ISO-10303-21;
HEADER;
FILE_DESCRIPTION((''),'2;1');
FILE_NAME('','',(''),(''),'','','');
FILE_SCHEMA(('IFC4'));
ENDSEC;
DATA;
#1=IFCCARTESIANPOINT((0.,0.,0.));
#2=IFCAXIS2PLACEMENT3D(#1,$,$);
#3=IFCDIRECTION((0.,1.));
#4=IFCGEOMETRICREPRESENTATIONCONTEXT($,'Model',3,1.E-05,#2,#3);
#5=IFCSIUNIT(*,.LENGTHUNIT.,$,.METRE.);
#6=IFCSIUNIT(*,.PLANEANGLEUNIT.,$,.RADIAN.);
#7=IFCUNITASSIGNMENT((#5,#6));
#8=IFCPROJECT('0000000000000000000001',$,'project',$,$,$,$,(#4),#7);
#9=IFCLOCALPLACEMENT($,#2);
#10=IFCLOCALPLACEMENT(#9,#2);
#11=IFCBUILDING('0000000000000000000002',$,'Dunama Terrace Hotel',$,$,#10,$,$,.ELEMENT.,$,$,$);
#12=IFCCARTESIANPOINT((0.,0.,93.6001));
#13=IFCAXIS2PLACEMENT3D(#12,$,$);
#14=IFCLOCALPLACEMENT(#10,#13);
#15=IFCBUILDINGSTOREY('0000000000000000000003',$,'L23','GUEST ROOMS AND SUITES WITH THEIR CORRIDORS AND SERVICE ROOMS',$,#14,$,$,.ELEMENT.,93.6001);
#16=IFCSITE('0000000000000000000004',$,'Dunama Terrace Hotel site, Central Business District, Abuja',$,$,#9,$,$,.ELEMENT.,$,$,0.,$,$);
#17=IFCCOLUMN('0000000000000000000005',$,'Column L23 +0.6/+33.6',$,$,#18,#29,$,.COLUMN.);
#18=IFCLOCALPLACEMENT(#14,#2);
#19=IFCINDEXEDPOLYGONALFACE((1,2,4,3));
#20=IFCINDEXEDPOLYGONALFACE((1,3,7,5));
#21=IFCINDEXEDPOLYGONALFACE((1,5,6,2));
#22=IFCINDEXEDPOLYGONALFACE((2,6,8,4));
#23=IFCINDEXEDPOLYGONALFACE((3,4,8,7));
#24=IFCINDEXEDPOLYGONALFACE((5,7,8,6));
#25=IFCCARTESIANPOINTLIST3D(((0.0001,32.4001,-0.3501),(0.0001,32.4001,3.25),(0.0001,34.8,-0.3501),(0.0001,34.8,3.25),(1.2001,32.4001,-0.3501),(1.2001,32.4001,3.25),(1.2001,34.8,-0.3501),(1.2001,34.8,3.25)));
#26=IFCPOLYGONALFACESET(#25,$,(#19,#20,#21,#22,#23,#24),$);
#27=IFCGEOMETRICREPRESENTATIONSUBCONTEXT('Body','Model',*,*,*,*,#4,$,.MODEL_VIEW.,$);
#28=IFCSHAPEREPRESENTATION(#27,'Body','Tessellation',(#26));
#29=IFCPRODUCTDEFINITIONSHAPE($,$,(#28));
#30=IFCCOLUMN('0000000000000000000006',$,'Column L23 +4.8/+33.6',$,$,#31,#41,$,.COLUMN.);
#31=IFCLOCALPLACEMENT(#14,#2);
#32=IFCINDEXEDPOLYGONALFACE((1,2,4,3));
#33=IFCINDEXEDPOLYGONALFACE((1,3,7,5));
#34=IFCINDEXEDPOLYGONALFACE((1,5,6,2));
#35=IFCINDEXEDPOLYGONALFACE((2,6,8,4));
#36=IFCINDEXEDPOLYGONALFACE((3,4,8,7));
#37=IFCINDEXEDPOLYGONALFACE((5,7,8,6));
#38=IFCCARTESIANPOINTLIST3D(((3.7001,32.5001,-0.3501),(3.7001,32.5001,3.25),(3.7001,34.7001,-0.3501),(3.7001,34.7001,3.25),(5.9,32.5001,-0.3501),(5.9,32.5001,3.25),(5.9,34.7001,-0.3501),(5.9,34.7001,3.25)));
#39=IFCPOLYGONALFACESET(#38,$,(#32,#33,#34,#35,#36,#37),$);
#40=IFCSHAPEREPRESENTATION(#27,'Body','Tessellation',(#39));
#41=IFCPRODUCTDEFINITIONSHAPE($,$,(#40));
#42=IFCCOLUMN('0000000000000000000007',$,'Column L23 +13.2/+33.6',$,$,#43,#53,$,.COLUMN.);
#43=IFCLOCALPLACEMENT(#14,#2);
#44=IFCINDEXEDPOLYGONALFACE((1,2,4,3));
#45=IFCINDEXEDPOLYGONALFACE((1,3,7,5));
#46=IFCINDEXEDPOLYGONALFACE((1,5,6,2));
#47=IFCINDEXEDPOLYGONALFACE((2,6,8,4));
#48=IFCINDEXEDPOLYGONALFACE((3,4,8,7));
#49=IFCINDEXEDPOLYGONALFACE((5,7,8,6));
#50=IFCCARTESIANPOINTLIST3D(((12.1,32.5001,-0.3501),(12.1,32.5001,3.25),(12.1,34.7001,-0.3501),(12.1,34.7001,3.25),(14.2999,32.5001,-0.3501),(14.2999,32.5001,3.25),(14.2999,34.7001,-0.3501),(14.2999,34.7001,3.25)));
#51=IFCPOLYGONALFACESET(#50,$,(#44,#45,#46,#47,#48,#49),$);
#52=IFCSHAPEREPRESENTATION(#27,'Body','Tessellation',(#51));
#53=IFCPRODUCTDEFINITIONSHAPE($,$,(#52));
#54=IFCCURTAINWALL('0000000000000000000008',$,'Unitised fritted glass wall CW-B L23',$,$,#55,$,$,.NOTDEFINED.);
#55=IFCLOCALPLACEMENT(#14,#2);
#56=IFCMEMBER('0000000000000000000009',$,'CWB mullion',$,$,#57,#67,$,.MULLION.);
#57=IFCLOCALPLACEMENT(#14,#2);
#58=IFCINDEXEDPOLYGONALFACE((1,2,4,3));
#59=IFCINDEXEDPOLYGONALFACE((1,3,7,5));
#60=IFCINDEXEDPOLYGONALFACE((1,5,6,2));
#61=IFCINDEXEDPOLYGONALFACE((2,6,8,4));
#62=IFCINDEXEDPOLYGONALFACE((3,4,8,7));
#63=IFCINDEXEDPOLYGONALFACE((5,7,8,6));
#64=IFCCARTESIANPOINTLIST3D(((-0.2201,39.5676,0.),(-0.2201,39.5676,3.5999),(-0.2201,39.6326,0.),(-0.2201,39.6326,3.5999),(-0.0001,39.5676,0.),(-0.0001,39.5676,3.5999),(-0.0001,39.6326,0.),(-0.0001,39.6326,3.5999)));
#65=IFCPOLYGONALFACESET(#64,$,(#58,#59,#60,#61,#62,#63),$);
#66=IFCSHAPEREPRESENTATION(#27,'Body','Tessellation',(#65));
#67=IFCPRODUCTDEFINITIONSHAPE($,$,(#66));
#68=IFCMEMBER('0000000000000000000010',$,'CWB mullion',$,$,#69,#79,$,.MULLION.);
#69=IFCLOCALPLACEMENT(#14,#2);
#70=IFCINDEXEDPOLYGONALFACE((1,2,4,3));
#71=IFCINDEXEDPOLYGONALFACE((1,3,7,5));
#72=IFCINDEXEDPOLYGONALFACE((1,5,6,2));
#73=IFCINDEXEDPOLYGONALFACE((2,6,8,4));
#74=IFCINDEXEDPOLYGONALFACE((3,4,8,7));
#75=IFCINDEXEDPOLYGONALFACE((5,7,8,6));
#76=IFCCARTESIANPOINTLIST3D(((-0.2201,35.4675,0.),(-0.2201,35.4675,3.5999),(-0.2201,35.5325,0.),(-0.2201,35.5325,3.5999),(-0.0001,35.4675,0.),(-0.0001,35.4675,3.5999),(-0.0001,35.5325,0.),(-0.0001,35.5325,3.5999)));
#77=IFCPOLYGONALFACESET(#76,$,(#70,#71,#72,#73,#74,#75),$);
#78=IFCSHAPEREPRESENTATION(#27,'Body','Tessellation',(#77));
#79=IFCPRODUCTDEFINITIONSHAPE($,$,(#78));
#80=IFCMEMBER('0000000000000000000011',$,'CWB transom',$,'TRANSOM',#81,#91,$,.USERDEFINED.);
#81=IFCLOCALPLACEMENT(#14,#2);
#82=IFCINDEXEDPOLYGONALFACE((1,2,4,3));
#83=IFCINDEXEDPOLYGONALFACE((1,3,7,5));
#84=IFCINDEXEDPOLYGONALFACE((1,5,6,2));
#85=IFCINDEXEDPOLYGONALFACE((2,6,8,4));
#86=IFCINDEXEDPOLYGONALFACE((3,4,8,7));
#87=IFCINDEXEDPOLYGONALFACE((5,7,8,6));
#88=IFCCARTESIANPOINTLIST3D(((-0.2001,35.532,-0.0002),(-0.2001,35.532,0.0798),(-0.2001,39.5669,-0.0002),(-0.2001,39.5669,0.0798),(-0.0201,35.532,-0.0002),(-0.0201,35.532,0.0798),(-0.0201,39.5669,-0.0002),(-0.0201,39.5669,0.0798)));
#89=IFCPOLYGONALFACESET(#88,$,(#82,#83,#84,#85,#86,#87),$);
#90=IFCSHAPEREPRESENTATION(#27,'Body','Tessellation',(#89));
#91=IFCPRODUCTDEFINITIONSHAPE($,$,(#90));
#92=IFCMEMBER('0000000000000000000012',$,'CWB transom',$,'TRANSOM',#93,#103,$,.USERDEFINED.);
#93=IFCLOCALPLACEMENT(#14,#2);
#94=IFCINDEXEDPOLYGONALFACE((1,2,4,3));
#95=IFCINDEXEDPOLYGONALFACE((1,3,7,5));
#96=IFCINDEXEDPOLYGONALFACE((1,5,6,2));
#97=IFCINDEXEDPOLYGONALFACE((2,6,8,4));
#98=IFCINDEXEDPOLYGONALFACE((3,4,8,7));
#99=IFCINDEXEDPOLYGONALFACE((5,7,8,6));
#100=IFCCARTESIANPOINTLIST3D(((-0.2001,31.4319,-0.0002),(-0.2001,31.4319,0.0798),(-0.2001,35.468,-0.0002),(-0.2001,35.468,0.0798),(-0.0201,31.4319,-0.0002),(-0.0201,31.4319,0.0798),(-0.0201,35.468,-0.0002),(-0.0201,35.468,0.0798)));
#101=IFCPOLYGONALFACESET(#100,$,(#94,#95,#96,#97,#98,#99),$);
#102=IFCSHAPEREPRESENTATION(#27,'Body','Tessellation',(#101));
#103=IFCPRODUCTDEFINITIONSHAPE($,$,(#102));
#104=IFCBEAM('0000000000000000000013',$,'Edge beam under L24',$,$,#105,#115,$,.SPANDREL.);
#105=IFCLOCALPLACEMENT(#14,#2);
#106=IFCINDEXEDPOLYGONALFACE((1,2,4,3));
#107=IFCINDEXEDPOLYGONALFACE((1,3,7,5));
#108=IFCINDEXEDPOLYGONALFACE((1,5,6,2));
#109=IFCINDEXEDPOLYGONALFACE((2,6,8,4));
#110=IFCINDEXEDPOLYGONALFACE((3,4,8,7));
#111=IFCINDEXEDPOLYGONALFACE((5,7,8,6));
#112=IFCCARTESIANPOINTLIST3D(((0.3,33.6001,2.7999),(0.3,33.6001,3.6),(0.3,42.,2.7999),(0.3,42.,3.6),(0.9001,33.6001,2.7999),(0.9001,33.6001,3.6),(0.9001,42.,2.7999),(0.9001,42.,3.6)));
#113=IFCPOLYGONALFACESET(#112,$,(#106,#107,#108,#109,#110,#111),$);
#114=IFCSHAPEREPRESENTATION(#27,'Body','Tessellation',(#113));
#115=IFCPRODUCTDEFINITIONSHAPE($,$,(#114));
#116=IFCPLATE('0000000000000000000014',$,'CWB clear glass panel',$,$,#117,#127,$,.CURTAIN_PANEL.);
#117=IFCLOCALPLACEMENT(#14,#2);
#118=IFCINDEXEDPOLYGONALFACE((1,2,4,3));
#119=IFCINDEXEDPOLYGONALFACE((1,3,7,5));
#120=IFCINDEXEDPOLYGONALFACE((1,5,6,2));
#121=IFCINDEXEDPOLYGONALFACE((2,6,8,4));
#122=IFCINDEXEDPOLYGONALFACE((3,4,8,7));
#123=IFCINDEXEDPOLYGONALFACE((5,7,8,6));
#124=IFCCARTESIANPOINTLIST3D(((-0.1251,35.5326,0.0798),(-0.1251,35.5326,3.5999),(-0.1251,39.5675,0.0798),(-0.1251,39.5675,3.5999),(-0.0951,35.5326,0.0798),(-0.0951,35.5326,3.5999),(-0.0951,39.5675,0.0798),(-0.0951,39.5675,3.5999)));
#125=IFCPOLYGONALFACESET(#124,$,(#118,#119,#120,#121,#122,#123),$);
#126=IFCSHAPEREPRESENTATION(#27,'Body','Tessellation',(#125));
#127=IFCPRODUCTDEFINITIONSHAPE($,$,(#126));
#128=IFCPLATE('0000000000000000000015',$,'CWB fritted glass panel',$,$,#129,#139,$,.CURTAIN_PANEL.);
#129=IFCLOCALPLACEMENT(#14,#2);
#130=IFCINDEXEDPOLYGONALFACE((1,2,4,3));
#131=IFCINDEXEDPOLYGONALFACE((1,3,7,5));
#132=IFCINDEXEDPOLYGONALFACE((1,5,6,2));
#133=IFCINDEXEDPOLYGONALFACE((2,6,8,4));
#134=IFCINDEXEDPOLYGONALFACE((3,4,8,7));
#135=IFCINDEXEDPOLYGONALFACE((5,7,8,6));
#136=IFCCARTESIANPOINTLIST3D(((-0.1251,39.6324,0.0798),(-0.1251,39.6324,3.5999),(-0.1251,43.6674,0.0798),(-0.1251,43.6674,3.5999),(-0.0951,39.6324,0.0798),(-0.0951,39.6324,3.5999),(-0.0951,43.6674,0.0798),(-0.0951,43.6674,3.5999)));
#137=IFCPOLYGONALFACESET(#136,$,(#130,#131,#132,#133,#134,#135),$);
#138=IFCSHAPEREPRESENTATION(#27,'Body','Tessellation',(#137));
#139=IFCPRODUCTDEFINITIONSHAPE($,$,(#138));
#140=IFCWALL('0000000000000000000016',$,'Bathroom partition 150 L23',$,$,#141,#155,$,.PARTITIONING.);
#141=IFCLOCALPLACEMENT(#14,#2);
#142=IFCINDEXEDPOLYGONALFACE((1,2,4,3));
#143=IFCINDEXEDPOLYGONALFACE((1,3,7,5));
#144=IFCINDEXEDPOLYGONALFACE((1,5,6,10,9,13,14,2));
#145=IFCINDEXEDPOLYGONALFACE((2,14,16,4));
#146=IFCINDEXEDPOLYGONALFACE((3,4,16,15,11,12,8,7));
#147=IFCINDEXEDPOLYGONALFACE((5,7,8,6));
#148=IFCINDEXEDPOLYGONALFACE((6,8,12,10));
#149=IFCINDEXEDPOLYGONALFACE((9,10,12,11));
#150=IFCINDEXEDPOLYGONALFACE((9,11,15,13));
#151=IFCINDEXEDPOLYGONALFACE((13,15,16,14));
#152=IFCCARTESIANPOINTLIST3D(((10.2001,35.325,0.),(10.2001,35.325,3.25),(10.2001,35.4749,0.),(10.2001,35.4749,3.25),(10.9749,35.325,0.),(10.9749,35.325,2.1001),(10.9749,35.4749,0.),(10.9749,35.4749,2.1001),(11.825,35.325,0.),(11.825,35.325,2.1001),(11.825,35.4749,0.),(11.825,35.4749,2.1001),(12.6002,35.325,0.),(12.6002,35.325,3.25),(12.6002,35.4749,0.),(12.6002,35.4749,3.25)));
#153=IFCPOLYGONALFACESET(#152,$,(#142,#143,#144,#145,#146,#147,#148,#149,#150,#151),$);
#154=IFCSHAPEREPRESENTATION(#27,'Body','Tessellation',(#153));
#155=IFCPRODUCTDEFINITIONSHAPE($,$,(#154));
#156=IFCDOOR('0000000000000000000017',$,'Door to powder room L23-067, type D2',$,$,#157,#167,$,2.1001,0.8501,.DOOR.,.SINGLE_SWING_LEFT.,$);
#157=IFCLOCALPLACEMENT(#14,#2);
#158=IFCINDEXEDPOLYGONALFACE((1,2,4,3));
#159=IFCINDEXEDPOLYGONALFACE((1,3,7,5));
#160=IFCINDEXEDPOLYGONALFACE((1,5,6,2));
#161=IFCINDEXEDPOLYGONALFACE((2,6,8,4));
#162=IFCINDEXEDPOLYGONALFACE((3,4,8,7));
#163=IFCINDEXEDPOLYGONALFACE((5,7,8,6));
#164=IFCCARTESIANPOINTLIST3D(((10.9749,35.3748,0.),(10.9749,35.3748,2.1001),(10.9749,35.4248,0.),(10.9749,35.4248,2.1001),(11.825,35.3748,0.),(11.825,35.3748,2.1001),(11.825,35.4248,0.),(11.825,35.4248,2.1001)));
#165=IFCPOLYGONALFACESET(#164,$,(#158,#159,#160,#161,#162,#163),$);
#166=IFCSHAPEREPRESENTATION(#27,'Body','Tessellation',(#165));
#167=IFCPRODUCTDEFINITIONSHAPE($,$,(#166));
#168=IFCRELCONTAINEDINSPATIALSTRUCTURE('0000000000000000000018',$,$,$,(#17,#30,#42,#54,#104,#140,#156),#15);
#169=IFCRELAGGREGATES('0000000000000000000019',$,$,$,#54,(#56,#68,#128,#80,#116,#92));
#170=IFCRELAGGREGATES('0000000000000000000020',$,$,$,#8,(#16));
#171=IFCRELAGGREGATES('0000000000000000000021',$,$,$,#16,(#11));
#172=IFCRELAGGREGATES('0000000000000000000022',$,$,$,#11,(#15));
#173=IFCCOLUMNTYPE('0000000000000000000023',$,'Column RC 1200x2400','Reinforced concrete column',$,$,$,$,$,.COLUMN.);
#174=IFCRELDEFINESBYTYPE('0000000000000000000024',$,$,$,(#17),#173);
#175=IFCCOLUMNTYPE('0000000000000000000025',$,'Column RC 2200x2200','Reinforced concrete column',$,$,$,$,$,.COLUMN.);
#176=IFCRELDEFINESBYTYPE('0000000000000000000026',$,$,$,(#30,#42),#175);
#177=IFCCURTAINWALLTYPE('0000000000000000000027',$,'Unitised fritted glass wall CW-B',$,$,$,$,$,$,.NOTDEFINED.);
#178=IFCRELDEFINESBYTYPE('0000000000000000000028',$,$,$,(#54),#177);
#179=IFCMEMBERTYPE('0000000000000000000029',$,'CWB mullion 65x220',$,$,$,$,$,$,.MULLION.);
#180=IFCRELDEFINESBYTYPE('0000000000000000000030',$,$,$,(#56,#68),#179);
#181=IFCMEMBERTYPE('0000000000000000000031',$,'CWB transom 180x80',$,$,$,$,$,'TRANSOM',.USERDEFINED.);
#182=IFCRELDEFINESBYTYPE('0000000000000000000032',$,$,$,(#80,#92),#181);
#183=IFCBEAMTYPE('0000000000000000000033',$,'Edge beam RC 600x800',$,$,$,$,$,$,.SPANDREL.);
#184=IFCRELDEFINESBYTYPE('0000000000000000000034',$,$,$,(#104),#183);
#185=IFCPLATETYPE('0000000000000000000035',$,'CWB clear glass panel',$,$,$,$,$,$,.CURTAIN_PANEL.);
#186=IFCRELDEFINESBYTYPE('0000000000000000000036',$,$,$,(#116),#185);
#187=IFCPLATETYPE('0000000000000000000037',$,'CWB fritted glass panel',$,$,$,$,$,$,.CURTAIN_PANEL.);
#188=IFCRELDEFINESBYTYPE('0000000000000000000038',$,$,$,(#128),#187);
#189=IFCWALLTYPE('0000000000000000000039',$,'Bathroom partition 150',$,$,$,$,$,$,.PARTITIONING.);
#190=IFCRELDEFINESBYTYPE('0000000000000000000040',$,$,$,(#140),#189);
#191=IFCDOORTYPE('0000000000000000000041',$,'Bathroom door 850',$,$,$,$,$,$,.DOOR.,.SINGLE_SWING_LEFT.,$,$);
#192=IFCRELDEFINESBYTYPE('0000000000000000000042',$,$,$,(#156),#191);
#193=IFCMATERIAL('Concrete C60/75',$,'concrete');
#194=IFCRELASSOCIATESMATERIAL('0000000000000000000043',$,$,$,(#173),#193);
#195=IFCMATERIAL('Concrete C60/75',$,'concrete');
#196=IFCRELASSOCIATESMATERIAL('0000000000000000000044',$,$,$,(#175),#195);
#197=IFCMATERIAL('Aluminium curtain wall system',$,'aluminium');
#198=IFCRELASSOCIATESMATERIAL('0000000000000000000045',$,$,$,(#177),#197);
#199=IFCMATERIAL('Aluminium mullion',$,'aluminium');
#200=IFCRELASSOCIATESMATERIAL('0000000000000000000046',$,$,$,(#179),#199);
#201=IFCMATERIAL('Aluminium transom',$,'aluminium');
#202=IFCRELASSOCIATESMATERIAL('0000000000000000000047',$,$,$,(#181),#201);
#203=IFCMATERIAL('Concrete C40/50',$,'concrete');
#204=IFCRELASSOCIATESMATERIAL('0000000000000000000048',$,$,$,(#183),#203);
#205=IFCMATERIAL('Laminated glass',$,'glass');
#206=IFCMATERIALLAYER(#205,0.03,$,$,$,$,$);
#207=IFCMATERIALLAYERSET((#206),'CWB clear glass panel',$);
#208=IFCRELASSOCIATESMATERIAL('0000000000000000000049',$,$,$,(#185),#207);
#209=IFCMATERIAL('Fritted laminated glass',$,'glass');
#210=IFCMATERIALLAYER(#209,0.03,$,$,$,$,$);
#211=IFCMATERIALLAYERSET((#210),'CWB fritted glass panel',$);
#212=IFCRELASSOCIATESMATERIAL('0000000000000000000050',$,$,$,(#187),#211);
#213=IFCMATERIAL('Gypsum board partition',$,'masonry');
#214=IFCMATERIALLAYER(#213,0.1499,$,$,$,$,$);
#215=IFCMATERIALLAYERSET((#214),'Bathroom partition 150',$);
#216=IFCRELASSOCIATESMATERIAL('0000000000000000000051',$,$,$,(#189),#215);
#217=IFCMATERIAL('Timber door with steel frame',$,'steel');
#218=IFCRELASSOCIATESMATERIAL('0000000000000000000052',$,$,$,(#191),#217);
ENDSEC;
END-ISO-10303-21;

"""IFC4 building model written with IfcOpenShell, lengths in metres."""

from ifc_helpers import new_model, si_unit, direction, frame, frame_2d, origin, origin_2d, place, context, subcontext, project, spatial, rectangle, extrude, material, layer, layer_set, material_profile, profile_set, type_object, element, fill, aggregate, save


model = new_model("IFC4")

# Units and contexts
model_context = context("Model", 3, precision=1e-05, world=origin(), true_north=direction((0.0, 1.0)))
body_context = subcontext(model_context, "Body", "Model", "MODEL_VIEW")
ifc_project = project(units=[si_unit("LENGTHUNIT", "METRE"), si_unit("PLANEANGLEUNIT", "RADIAN")], contexts=[model_context])

# Site, building, storey
site_placement = place(None, origin())
site = spatial("IfcSite", under=ifc_project, at=site_placement, Name="Dunama Terrace Hotel site, Central Business District, Abuja", CompositionType="ELEMENT", RefElevation=0.0)
building_placement = place(site_placement, origin())
building = spatial("IfcBuilding", under=site, at=building_placement, Name="Dunama Terrace Hotel", CompositionType="ELEMENT")
storey_placement = place(building_placement, frame((0.0, 0.0, 93.6001)))
storey = spatial("IfcBuildingStorey", under=building, at=storey_placement, Name="L23", Description="GUEST ROOMS AND SUITES WITH THEIR CORRIDORS AND SERVICE ROOMS", CompositionType="ELEMENT", Elevation=93.6001)

# Columns
ifc_material_1 = material(Name="Concrete C60/75", Category="concrete")
ifc_material_profile_1 = material_profile(ifc_material_1, rectangle(XDim=1.2, YDim=2.3999, at=origin_2d()), Name="RC 1200x2400")
ifc_profile_set_1 = profile_set([ifc_material_profile_1], Name="Concrete C60/75")
column_type_1 = type_object("IfcColumnType", Name="Column RC 1200x2400", Description="Reinforced concrete column", PredefinedType="COLUMN", material=ifc_profile_set_1)
column_placement = place(storey_placement, frame((0.6001, 33.6001, -0.3501), z_axis=(0.0, 0.0, 1.0), x_axis=(1.0, 0.0, 0.0)))
element("IfcColumn", 1, at=column_placement, inside=storey, type_object=column_type_1, Name="Column L23 +0.6/+33.6", PredefinedType="COLUMN", context=body_context, shape_type="SweptSolid", body=[
    extrude(rectangle(XDim=1.2, YDim=2.3999, at=origin_2d()), origin(), (0.0, 0.0, 1.0), 3.6001),
])
ifc_material_2 = material(Name="Concrete C60/75", Category="concrete")
ifc_material_profile_2 = material_profile(ifc_material_2, rectangle(XDim=2.2, YDim=2.2, at=origin_2d()), Name="RC 2200x2200")
ifc_profile_set_2 = profile_set([ifc_material_profile_2], Name="Concrete C60/75")
column_type_2 = type_object("IfcColumnType", Name="Column RC 2200x2200", Description="Reinforced concrete column", PredefinedType="COLUMN", material=ifc_profile_set_2)
for number, where, z_axis, x_axis, name in (
    (2, (4.8, 33.6001, -0.3501), (0.0, 0.0, 1.0), (1.0, 0.0, 0.0), "Column L23 +4.8/+33.6"),
    (3, (13.2, 33.6001, -0.3501), (0.0, 0.0, 1.0), (1.0, 0.0, 0.0), "Column L23 +13.2/+33.6"),
):
    element("IfcColumn", number, at=place(storey_placement, frame(where, z_axis=z_axis, x_axis=x_axis)), inside=storey, type_object=column_type_2, Name=name, PredefinedType="COLUMN", context=body_context, shape_type="SweptSolid", body=[
        extrude(rectangle(XDim=2.2, YDim=2.2, at=origin_2d()), origin(), (0.0, 0.0, 1.0), 3.6001),
    ])

# Curtain wall, members
ifc_material_3 = material(Name="Aluminium curtain wall system", Category="aluminium")
curtain_wall_type = type_object("IfcCurtainWallType", Name="Unitised fritted glass wall CW-B", PredefinedType="NOTDEFINED", material=ifc_material_3)
curtain_wall_placement = place(storey_placement, origin())
curtain_wall = element("IfcCurtainWall", 4, at=curtain_wall_placement, inside=storey, type_object=curtain_wall_type, Name="Unitised fritted glass wall CW-B L23", PredefinedType="NOTDEFINED")
ifc_material_4 = material(Name="Aluminium mullion", Category="aluminium")
ifc_material_profile_3 = material_profile(ifc_material_4, rectangle(XDim=0.0649, YDim=0.22, at=origin_2d()), Name="CWB MULLION 65X220")
ifc_profile_set_3 = profile_set([ifc_material_profile_3], Name="Aluminium mullion")
member_type_1 = type_object("IfcMemberType", Name="CWB mullion 65x220", PredefinedType="MULLION", material=ifc_profile_set_3)
member_1_placement = place(storey_placement, frame((-0.1101, 39.6001, 0.0), z_axis=(0.0, 0.0, 1.0), x_axis=(0.0, -1.0, 0.0)))
member_1 = element("IfcMember", 5, at=member_1_placement, type_object=member_type_1, Name="CWB mullion", PredefinedType="MULLION", context=body_context, shape_type="SweptSolid", body=[
    extrude(rectangle(XDim=0.0649, YDim=0.22, at=origin_2d()), origin(), (0.0, 0.0, 1.0), 3.5999),
])
member_2_placement = place(storey_placement, frame((-0.1101, 35.5, 0.0), z_axis=(0.0, 0.0, 1.0), x_axis=(0.0, -1.0, 0.0)))
member_2 = element("IfcMember", 6, at=member_2_placement, type_object=member_type_1, Name="CWB mullion", PredefinedType="MULLION", context=body_context, shape_type="SweptSolid", body=[
    extrude(rectangle(XDim=0.0649, YDim=0.22, at=origin_2d()), origin(), (0.0, 0.0, 1.0), 3.5999),
])
ifc_material_5 = material(Name="Aluminium transom", Category="aluminium")
ifc_material_profile_4 = material_profile(ifc_material_5, rectangle(XDim=0.1799, YDim=0.0801, at=origin_2d()), Name="CWB TRANSOM 180X80")
ifc_profile_set_4 = profile_set([ifc_material_profile_4], Name="Aluminium transom")
member_type_2 = type_object("IfcMemberType", Name="CWB transom 180x80", ElementType="TRANSOM", PredefinedType="USERDEFINED", material=ifc_profile_set_4)
member_3_placement = place(storey_placement, frame((-0.1101, 39.5669, 0.0398), z_axis=(0.0, -1.0, 0.0), x_axis=(1.0, 0.0, 0.0)))
member_3 = element("IfcMember", 7, at=member_3_placement, type_object=member_type_2, Name="CWB transom", ObjectType="TRANSOM", PredefinedType="USERDEFINED", context=body_context, shape_type="SweptSolid", body=[
    extrude(rectangle(XDim=0.1799, YDim=0.0801, at=origin_2d()), origin(), (0.0, 0.0, 1.0), 4.0349),
])
member_4_placement = place(storey_placement, frame((-0.1101, 35.468, 0.0398), z_axis=(0.0, -1.0, 0.0), x_axis=(1.0, 0.0, 0.0)))
member_4 = element("IfcMember", 8, at=member_4_placement, type_object=member_type_2, Name="CWB transom", ObjectType="TRANSOM", PredefinedType="USERDEFINED", context=body_context, shape_type="SweptSolid", body=[
    extrude(rectangle(XDim=0.1799, YDim=0.0801, at=origin_2d()), origin(), (0.0, 0.0, 1.0), 4.0361),
])

# Beam
ifc_material_6 = material(Name="Concrete C40/50", Category="concrete")
ifc_material_profile_5 = material_profile(ifc_material_6, rectangle(XDim=0.6001, YDim=0.8, at=origin_2d()), Name="RC 600x800")
ifc_profile_set_5 = profile_set([ifc_material_profile_5], Name="Concrete C40/50")
beam_type = type_object("IfcBeamType", Name="Edge beam RC 600x800", PredefinedType="SPANDREL", material=ifc_profile_set_5)
beam_placement = place(storey_placement, frame((0.6001, 33.6001, 3.2), z_axis=(0.0, 1.0, 0.0), x_axis=(-1.0, 0.0, 0.0)))
element("IfcBeam", 9, at=beam_placement, inside=storey, type_object=beam_type, Name="Edge beam under L24", PredefinedType="SPANDREL", context=body_context, shape_type="SweptSolid", body=[
    extrude(rectangle(XDim=0.6001, YDim=0.8, at=origin_2d()), origin(), (0.0, 0.0, 1.0), 8.3999),
])

# Plates
ifc_material_7 = material(Name="Laminated glass", Category="glass")
ifc_layer_1 = layer(ifc_material_7, 0.03)
ifc_layer_set_1 = layer_set([ifc_layer_1], Name="CWB clear glass panel")
plate_type_1 = type_object("IfcPlateType", Name="CWB clear glass panel", PredefinedType="CURTAIN_PANEL", material=ifc_layer_set_1)
plate_1_placement = place(storey_placement, frame((-0.1101, 37.55, 0.0798), z_axis=(0.0, 0.0, 1.0), x_axis=(0.0, -1.0, 0.0)))
plate_1 = element("IfcPlate", 10, at=plate_1_placement, type_object=plate_type_1, Name="CWB clear glass panel", PredefinedType="CURTAIN_PANEL", context=body_context, shape_type="SweptSolid", body=[
    extrude(rectangle(XDim=4.0349, YDim=0.03, at=origin_2d()), origin(), (0.0, 0.0, 1.0), 3.52),
])
ifc_material_8 = material(Name="Fritted laminated glass", Category="glass")
ifc_layer_2 = layer(ifc_material_8, 0.03)
ifc_layer_set_2 = layer_set([ifc_layer_2], Name="CWB fritted glass panel")
plate_type_2 = type_object("IfcPlateType", Name="CWB fritted glass panel", PredefinedType="CURTAIN_PANEL", material=ifc_layer_set_2)
plate_2_placement = place(storey_placement, frame((-0.1101, 41.6499, 0.0798), z_axis=(0.0, 0.0, 1.0), x_axis=(0.0, -1.0, 0.0)))
plate_2 = element("IfcPlate", 11, at=plate_2_placement, type_object=plate_type_2, Name="CWB fritted glass panel", PredefinedType="CURTAIN_PANEL", context=body_context, shape_type="SweptSolid", body=[
    extrude(rectangle(XDim=4.0349, YDim=0.03, at=origin_2d()), origin(), (0.0, 0.0, 1.0), 3.52),
])
aggregate(curtain_wall, [member_1, member_2, plate_2, member_3, plate_1, member_4])

# Wall, opening, door
ifc_material_9 = material(Name="Gypsum board partition", Category="masonry")
ifc_layer_3 = layer(ifc_material_9, 0.1499)
ifc_layer_set_3 = layer_set([ifc_layer_3], Name="Bathroom partition 150")
wall_type_1 = type_object("IfcWallType", Name="Bathroom partition 150", PredefinedType="PARTITIONING", material=ifc_layer_set_3)
wall_1_placement = place(storey_placement, frame((10.2, 35.3999, 0.0), z_axis=(0.0, 0.0, 1.0), x_axis=(1.0, 0.0, 0.0)))
wall_1 = element("IfcWall", 12, at=wall_1_placement, inside=storey, type_object=wall_type_1, Name="Bathroom partition 150 L23", PredefinedType="PARTITIONING", context=body_context, shape_type="SweptSolid", body=[
    extrude(rectangle(XDim=2.4001, YDim=0.1499, at=frame_2d((1.2002, 0.0))), origin(), (0.0, 0.0, 1.0), 3.25),
])
opening_1_placement = place(wall_1_placement, frame((0.7749, 0.0, 0.0)))
opening_1 = element("IfcOpeningElement", 13, at=opening_1_placement, cuts=wall_1, PredefinedType="OPENING", context=body_context, shape_type="SweptSolid", body=[
    extrude(rectangle(XDim=0.8501, YDim=2.1001, at=frame_2d((0.425, 1.05))), frame((0.0, 0.085, 0.0), z_axis=(0.0, -1.0, 0.0), x_axis=(1.0, 0.0, 0.0)), (0.0, 0.0, 1.0), 0.1699),
])
ifc_material_10 = material(Name="Timber door with steel frame", Category="steel")
door_type_1 = type_object("IfcDoorType", Name="Bathroom door 850", OperationType="SINGLE_SWING_LEFT", PredefinedType="DOOR", material=ifc_material_10)
door_1_placement = place(opening_1_placement, frame((0.8501, 0.0, 0.0), z_axis=(0.0, 0.0, 1.0), x_axis=(-1.0, 0.0, 0.0)))
door_1 = element("IfcDoor", 14, at=door_1_placement, inside=storey, type_object=door_type_1, Name="Door to powder room L23-067, type D2", OperationType="SINGLE_SWING_LEFT", OverallHeight=2.1001, OverallWidth=0.8501, PredefinedType="DOOR", context=body_context, shape_type="SweptSolid", body=[
    extrude(rectangle(XDim=0.8501, YDim=2.1001, at=frame_2d((0.425, 1.05))), frame((0.0, 0.0251, 0.0), z_axis=(0.0, -1.0, 0.0), x_axis=(1.0, 0.0, 0.0)), (0.0, 0.0, 1.0), 0.05),
])
fill(opening_1, door_1)

save(model, "model.ifc")
